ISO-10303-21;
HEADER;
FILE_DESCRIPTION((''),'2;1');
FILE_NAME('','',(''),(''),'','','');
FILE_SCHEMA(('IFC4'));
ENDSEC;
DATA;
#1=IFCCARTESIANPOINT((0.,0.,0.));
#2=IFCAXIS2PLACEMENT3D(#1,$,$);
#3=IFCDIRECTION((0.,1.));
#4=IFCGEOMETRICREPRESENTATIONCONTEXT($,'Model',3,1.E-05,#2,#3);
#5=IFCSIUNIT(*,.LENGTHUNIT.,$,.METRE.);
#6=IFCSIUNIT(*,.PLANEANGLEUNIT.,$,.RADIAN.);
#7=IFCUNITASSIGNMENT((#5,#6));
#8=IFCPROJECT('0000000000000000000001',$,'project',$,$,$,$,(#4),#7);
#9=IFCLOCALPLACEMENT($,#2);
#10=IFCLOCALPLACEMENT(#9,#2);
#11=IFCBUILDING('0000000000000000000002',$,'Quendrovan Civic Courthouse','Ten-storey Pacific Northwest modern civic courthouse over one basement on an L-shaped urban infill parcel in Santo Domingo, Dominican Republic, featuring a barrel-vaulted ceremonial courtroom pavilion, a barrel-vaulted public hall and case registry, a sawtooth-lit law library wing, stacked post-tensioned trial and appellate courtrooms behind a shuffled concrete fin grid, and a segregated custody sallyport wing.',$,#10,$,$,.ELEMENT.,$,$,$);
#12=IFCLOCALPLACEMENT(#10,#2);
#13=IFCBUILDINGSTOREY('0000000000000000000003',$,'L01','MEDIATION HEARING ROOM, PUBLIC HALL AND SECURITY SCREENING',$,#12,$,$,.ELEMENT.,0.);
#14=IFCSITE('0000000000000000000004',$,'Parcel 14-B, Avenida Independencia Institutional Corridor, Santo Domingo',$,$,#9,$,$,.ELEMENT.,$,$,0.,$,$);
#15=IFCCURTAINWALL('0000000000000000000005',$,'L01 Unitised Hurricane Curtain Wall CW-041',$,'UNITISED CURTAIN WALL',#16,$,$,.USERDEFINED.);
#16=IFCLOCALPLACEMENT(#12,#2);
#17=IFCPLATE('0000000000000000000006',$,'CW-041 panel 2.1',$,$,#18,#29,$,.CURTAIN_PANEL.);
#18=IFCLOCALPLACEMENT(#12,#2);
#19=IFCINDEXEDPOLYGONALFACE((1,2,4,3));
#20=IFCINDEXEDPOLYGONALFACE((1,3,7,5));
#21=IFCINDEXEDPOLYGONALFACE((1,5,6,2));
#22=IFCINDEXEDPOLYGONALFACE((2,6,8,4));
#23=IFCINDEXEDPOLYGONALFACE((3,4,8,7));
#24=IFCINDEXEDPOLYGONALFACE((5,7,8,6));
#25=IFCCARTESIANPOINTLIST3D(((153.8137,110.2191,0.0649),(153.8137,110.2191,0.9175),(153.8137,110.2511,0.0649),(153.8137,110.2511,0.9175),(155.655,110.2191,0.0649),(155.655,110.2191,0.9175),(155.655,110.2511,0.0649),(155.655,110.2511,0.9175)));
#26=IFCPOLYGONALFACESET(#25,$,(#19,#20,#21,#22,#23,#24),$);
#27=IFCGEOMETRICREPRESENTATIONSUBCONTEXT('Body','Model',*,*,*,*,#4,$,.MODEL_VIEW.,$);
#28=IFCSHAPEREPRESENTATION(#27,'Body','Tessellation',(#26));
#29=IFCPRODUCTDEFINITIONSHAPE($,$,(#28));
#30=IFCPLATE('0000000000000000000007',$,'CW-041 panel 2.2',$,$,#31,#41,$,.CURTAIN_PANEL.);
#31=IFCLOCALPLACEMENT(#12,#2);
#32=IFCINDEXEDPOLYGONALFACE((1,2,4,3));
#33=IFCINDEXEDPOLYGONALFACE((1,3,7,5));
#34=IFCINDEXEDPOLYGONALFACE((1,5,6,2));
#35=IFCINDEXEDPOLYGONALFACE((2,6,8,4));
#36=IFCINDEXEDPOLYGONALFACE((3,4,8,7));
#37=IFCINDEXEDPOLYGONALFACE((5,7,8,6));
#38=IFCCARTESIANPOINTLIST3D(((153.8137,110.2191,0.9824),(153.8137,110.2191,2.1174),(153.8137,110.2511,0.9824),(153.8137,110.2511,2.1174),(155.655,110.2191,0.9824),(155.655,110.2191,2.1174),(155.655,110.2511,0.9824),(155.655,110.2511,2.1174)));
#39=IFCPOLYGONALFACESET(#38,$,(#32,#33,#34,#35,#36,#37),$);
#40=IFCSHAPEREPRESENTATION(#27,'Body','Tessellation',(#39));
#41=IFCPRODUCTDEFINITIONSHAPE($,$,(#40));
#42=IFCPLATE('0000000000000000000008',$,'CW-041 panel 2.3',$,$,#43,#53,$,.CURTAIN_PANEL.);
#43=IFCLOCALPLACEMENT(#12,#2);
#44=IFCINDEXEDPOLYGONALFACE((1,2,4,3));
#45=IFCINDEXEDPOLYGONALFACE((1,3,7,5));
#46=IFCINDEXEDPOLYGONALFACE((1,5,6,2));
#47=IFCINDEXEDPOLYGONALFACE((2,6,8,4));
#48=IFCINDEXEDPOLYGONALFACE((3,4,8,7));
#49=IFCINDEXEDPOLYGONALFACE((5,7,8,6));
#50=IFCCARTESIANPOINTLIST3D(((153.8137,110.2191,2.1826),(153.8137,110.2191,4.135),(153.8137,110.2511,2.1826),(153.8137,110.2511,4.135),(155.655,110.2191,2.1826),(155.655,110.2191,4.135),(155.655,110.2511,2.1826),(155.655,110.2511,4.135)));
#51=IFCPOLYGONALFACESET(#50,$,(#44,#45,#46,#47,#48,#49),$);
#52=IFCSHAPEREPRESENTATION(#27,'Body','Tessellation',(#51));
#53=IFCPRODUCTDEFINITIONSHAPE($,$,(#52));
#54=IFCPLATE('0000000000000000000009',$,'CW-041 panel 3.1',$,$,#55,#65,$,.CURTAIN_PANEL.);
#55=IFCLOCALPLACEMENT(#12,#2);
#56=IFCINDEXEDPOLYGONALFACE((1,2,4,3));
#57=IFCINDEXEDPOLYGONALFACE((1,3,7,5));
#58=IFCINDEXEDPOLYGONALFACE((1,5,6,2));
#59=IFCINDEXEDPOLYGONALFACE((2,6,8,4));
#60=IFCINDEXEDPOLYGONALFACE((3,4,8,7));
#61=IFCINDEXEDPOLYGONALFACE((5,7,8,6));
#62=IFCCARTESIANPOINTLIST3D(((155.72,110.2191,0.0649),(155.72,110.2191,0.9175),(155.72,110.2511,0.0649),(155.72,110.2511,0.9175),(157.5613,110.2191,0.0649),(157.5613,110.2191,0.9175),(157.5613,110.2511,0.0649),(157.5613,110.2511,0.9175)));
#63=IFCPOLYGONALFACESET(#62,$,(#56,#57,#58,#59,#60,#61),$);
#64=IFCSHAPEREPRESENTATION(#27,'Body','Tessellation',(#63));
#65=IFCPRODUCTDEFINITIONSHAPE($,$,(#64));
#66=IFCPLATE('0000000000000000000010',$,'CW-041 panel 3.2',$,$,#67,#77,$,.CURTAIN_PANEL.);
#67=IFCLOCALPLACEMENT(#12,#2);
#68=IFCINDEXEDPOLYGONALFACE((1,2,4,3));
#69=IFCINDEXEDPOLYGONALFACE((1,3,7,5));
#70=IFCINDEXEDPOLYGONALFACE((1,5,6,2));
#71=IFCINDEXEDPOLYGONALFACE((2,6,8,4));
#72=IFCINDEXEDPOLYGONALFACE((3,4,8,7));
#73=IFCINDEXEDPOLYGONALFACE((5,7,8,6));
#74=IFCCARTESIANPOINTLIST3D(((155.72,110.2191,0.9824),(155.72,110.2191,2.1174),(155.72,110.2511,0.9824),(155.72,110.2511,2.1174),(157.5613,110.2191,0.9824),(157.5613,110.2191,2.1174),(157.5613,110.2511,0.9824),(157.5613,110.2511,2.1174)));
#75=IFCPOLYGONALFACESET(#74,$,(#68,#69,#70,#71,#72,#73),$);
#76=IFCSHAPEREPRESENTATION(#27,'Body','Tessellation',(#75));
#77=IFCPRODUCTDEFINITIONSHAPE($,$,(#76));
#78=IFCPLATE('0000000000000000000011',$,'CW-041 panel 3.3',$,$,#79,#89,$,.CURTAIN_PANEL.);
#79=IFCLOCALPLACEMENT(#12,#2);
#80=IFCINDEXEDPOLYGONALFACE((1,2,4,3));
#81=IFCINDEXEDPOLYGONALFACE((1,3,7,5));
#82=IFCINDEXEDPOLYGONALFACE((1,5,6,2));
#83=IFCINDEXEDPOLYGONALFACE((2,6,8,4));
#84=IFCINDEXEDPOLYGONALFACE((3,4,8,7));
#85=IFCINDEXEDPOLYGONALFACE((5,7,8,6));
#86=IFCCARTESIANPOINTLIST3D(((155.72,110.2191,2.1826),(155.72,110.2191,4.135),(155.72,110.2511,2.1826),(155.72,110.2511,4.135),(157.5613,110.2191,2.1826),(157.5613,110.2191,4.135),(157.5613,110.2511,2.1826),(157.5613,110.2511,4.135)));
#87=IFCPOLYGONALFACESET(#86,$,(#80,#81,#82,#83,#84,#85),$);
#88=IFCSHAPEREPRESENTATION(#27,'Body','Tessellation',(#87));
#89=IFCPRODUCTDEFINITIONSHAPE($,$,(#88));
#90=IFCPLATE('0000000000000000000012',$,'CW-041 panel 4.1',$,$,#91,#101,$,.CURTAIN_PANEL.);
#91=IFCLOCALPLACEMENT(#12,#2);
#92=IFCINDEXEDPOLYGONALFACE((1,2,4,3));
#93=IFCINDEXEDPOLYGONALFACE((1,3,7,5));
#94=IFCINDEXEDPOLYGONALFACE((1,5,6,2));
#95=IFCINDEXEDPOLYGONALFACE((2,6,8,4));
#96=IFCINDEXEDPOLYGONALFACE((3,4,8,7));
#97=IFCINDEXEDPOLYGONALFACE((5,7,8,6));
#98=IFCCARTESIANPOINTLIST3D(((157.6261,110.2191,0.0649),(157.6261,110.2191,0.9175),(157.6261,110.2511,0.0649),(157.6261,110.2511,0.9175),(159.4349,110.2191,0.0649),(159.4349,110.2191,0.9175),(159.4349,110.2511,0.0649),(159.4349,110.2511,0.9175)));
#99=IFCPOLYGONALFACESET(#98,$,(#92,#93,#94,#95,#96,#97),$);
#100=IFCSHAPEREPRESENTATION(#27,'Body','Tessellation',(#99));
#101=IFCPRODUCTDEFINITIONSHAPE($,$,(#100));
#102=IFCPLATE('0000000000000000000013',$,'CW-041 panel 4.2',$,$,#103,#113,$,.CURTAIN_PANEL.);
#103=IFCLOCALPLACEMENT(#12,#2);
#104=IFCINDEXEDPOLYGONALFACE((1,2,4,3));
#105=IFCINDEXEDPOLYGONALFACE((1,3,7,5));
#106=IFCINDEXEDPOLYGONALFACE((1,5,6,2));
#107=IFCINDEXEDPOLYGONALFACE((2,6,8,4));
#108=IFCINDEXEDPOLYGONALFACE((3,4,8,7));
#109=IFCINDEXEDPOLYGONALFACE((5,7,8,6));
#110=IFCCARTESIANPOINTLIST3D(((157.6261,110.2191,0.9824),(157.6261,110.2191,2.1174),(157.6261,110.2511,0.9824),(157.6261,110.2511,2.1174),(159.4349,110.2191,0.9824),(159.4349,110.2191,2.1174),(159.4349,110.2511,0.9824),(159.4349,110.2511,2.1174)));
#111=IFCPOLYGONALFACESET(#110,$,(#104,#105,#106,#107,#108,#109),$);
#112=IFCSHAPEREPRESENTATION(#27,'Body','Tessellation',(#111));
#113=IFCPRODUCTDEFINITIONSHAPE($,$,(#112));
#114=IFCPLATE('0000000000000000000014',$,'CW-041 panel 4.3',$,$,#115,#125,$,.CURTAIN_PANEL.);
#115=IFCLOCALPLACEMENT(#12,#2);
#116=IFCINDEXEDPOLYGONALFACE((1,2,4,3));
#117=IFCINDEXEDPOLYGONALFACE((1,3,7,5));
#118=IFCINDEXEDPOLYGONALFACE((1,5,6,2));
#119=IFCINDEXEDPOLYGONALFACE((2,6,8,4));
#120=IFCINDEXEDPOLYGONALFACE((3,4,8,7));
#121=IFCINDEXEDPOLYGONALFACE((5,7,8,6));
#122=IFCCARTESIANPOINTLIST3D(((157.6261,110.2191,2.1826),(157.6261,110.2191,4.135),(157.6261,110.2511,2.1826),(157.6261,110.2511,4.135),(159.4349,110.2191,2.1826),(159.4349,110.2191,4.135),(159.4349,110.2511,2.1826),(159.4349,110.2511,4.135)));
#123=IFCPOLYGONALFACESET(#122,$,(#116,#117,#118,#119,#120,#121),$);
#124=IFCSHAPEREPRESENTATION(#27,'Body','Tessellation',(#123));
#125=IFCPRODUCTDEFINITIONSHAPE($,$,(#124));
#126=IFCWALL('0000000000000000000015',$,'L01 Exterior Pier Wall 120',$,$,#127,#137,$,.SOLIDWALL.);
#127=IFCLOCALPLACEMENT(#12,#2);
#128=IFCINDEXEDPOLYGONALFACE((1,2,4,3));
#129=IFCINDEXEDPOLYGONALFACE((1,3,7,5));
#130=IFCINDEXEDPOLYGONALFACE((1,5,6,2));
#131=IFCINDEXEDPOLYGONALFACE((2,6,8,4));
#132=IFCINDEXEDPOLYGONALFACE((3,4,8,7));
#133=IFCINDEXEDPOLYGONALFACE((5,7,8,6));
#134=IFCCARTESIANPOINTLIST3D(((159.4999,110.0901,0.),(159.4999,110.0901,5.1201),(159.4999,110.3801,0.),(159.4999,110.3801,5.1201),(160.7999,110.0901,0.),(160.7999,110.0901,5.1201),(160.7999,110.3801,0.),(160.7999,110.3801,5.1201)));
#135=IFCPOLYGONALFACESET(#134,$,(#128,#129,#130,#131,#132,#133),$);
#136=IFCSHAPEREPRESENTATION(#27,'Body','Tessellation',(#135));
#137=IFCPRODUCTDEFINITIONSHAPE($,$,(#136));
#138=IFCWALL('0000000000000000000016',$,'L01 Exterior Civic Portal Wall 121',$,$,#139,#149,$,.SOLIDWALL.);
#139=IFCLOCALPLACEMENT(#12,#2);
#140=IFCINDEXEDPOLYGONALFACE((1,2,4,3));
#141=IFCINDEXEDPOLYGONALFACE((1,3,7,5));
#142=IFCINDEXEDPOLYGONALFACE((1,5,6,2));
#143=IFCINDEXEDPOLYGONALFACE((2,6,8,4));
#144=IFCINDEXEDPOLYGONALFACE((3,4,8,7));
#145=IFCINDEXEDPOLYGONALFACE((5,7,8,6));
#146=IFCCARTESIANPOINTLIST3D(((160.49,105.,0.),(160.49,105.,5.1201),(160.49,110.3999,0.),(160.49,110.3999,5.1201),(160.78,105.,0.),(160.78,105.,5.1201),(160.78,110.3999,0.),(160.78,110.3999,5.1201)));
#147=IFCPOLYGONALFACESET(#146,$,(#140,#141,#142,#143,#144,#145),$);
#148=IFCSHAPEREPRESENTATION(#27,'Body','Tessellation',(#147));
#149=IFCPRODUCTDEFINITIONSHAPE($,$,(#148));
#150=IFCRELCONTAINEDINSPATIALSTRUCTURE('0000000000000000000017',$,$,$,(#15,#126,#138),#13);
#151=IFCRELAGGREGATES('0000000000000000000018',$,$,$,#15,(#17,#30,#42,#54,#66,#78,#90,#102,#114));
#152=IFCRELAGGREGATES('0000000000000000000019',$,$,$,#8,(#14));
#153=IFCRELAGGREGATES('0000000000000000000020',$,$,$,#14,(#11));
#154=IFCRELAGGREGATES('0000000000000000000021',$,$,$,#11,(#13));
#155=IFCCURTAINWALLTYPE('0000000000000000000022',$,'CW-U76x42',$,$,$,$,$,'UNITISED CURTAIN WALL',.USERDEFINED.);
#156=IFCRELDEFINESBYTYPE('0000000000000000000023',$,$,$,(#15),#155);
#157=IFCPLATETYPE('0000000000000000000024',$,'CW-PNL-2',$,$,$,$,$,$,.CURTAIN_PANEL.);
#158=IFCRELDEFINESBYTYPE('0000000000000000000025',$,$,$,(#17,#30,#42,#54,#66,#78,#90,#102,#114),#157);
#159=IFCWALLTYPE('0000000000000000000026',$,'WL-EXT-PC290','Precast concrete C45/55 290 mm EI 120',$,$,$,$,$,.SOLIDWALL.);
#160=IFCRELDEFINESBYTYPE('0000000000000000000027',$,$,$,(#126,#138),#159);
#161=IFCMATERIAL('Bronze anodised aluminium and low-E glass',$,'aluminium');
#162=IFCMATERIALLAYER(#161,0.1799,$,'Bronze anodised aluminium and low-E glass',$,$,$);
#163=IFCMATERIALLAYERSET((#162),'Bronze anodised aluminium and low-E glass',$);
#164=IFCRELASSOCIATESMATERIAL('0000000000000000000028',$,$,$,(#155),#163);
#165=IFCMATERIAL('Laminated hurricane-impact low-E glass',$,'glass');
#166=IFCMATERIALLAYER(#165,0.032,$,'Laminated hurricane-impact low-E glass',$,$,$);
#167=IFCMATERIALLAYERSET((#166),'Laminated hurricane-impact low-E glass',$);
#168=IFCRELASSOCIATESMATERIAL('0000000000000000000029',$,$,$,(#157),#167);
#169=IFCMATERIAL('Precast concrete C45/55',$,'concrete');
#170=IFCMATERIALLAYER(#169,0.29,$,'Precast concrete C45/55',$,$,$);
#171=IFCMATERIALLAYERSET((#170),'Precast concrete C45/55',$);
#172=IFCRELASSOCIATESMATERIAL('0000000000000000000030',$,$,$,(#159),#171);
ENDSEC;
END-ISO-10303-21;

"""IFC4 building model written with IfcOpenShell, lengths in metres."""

from ifc_helpers import new_model, si_unit, direction, frame, frame_2d, origin, origin_2d, place, context, subcontext, project, spatial, rectangle, extrude, material, layer, layer_set, type_object, element, aggregate, save


model = new_model("IFC4")

# Units and contexts
model_context = context("Model", 3, precision=1e-05, world=origin(), true_north=direction((0.0, 1.0)))
body_context = subcontext(model_context, "Body", "Model", "MODEL_VIEW")
ifc_project = project(units=[si_unit("LENGTHUNIT", "METRE"), si_unit("PLANEANGLEUNIT", "RADIAN")], contexts=[model_context])

# Site, building, storey
site_placement = place(None, origin())
site = spatial("IfcSite", under=ifc_project, at=site_placement, Name="Parcel 14-B, Avenida Independencia Institutional Corridor, Santo Domingo", CompositionType="ELEMENT", RefElevation=0.0)
building_placement = place(site_placement, origin())
building = spatial("IfcBuilding", under=site, at=building_placement, Name="Quendrovan Civic Courthouse", Description="Ten-storey Pacific Northwest modern civic courthouse over one basement on an L-shaped urban infill parcel in Santo Domingo, Dominican Republic, featuring a barrel-vaulted ceremonial courtroom pavilion, a barrel-vaulted public hall and case registry, a sawtooth-lit law library wing, stacked post-tensioned trial and appellate courtrooms behind a shuffled concrete fin grid, and a segregated custody sallyport wing.", CompositionType="ELEMENT")
storey_placement = place(building_placement, origin())
storey = spatial("IfcBuildingStorey", under=building, at=storey_placement, Name="L01", Description="MEDIATION HEARING ROOM, PUBLIC HALL AND SECURITY SCREENING", CompositionType="ELEMENT", Elevation=0.0)

# Curtain wall, plates
ifc_material_1 = material(Name="Bronze anodised aluminium and low-E glass", Category="aluminium")
ifc_layer_1 = layer(ifc_material_1, 0.1799, Name="Bronze anodised aluminium and low-E glass")
ifc_layer_set_1 = layer_set([ifc_layer_1], Name="Bronze anodised aluminium and low-E glass")
curtain_wall_type = type_object("IfcCurtainWallType", Name="CW-U76x42", ElementType="UNITISED CURTAIN WALL", PredefinedType="USERDEFINED", material=ifc_layer_set_1)
curtain_wall_placement = place(storey_placement, origin())
curtain_wall = element("IfcCurtainWall", 1, at=curtain_wall_placement, inside=storey, type_object=curtain_wall_type, Name="L01 Unitised Hurricane Curtain Wall CW-041", ObjectType="UNITISED CURTAIN WALL", PredefinedType="USERDEFINED")
ifc_material_2 = material(Name="Laminated hurricane-impact low-E glass", Category="glass")
ifc_layer_2 = layer(ifc_material_2, 0.032, Name="Laminated hurricane-impact low-E glass")
ifc_layer_set_2 = layer_set([ifc_layer_2], Name="Laminated hurricane-impact low-E glass")
plate_type = type_object("IfcPlateType", Name="CW-PNL-2", PredefinedType="CURTAIN_PANEL", material=ifc_layer_set_2)
plate_1_placement = place(storey_placement, frame((154.7344, 110.2351, 0.0649), z_axis=(0.0, 0.0, 1.0), x_axis=(1.0, 0.0, 0.0)))
plate_1 = element("IfcPlate", 2, at=plate_1_placement, type_object=plate_type, Name="CW-041 panel 2.1", PredefinedType="CURTAIN_PANEL", context=body_context, shape_type="SweptSolid", body=[
    extrude(rectangle(XDim=1.8413, YDim=0.032, at=origin_2d()), origin(), (0.0, 0.0, 1.0), 0.8525),
])
plate_2_placement = place(storey_placement, frame((154.7344, 110.2351, 0.9824), z_axis=(0.0, 0.0, 1.0), x_axis=(1.0, 0.0, 0.0)))
plate_2 = element("IfcPlate", 3, at=plate_2_placement, type_object=plate_type, Name="CW-041 panel 2.2", PredefinedType="CURTAIN_PANEL", context=body_context, shape_type="SweptSolid", body=[
    extrude(rectangle(XDim=1.8413, YDim=0.032, at=origin_2d()), origin(), (0.0, 0.0, 1.0), 1.135),
])
plate_3_placement = place(storey_placement, frame((154.7344, 110.2351, 2.1826), z_axis=(0.0, 0.0, 1.0), x_axis=(1.0, 0.0, 0.0)))
plate_3 = element("IfcPlate", 4, at=plate_3_placement, type_object=plate_type, Name="CW-041 panel 2.3", PredefinedType="CURTAIN_PANEL", context=body_context, shape_type="SweptSolid", body=[
    extrude(rectangle(XDim=1.8413, YDim=0.032, at=origin_2d()), origin(), (0.0, 0.0, 1.0), 1.9524),
])
plate_4_placement = place(storey_placement, frame((156.6406, 110.2351, 0.0649), z_axis=(0.0, 0.0, 1.0), x_axis=(1.0, 0.0, 0.0)))
plate_4 = element("IfcPlate", 5, at=plate_4_placement, type_object=plate_type, Name="CW-041 panel 3.1", PredefinedType="CURTAIN_PANEL", context=body_context, shape_type="SweptSolid", body=[
    extrude(rectangle(XDim=1.8413, YDim=0.032, at=origin_2d()), origin(), (0.0, 0.0, 1.0), 0.8525),
])
plate_5_placement = place(storey_placement, frame((156.6406, 110.2351, 0.9824), z_axis=(0.0, 0.0, 1.0), x_axis=(1.0, 0.0, 0.0)))
plate_5 = element("IfcPlate", 6, at=plate_5_placement, type_object=plate_type, Name="CW-041 panel 3.2", PredefinedType="CURTAIN_PANEL", context=body_context, shape_type="SweptSolid", body=[
    extrude(rectangle(XDim=1.8413, YDim=0.032, at=origin_2d()), origin(), (0.0, 0.0, 1.0), 1.135),
])
plate_6_placement = place(storey_placement, frame((156.6406, 110.2351, 2.1826), z_axis=(0.0, 0.0, 1.0), x_axis=(1.0, 0.0, 0.0)))
plate_6 = element("IfcPlate", 7, at=plate_6_placement, type_object=plate_type, Name="CW-041 panel 3.3", PredefinedType="CURTAIN_PANEL", context=body_context, shape_type="SweptSolid", body=[
    extrude(rectangle(XDim=1.8413, YDim=0.032, at=origin_2d()), origin(), (0.0, 0.0, 1.0), 1.9524),
])
plate_7_placement = place(storey_placement, frame((158.5305, 110.2351, 0.0649), z_axis=(0.0, 0.0, 1.0), x_axis=(1.0, 0.0, 0.0)))
plate_7 = element("IfcPlate", 8, at=plate_7_placement, type_object=plate_type, Name="CW-041 panel 4.1", PredefinedType="CURTAIN_PANEL", context=body_context, shape_type="SweptSolid", body=[
    extrude(rectangle(XDim=1.8088, YDim=0.032, at=origin_2d()), origin(), (0.0, 0.0, 1.0), 0.8525),
])
plate_8_placement = place(storey_placement, frame((158.5305, 110.2351, 0.9824), z_axis=(0.0, 0.0, 1.0), x_axis=(1.0, 0.0, 0.0)))
plate_8 = element("IfcPlate", 9, at=plate_8_placement, type_object=plate_type, Name="CW-041 panel 4.2", PredefinedType="CURTAIN_PANEL", context=body_context, shape_type="SweptSolid", body=[
    extrude(rectangle(XDim=1.8088, YDim=0.032, at=origin_2d()), origin(), (0.0, 0.0, 1.0), 1.135),
])
plate_9_placement = place(storey_placement, frame((158.5305, 110.2351, 2.1826), z_axis=(0.0, 0.0, 1.0), x_axis=(1.0, 0.0, 0.0)))
plate_9 = element("IfcPlate", 10, at=plate_9_placement, type_object=plate_type, Name="CW-041 panel 4.3", PredefinedType="CURTAIN_PANEL", context=body_context, shape_type="SweptSolid", body=[
    extrude(rectangle(XDim=1.8088, YDim=0.032, at=origin_2d()), origin(), (0.0, 0.0, 1.0), 1.9524),
])
aggregate(curtain_wall, [plate_1, plate_2, plate_3, plate_4, plate_5, plate_6, plate_7, plate_8, plate_9])

# Walls
ifc_material_3 = material(Name="Precast concrete C45/55", Category="concrete")
ifc_layer_3 = layer(ifc_material_3, 0.29, Name="Precast concrete C45/55")
ifc_layer_set_3 = layer_set([ifc_layer_3], Name="Precast concrete C45/55")
wall_type = type_object("IfcWallType", Name="WL-EXT-PC290", Description="Precast concrete C45/55 290 mm EI 120", PredefinedType="SOLIDWALL", material=ifc_layer_set_3)
wall_1_placement = place(storey_placement, frame((159.5, 110.2351, 0.0), z_axis=(0.0, 0.0, 1.0), x_axis=(1.0, 0.0, 0.0)))
element("IfcWall", 11, at=wall_1_placement, inside=storey, type_object=wall_type, Name="L01 Exterior Pier Wall 120", PredefinedType="SOLIDWALL", context=body_context, shape_type="SweptSolid", body=[
    extrude(rectangle(XDim=1.3, YDim=0.29, at=frame_2d((0.6499, 0.0))), origin(), (0.0, 0.0, 1.0), 5.1201),
])
wall_2_placement = place(storey_placement, frame((160.635, 110.3999, 0.0), z_axis=(0.0, 0.0, 1.0), x_axis=(0.0, -1.0, 0.0)))
element("IfcWall", 12, at=wall_2_placement, inside=storey, type_object=wall_type, Name="L01 Exterior Civic Portal Wall 121", PredefinedType="SOLIDWALL", context=body_context, shape_type="SweptSolid", body=[
    extrude(rectangle(XDim=5.3999, YDim=0.29, at=frame_2d((2.7, 0.0))), origin(), (0.0, 0.0, 1.0), 5.1201),
])

save(model, "model.ifc")
